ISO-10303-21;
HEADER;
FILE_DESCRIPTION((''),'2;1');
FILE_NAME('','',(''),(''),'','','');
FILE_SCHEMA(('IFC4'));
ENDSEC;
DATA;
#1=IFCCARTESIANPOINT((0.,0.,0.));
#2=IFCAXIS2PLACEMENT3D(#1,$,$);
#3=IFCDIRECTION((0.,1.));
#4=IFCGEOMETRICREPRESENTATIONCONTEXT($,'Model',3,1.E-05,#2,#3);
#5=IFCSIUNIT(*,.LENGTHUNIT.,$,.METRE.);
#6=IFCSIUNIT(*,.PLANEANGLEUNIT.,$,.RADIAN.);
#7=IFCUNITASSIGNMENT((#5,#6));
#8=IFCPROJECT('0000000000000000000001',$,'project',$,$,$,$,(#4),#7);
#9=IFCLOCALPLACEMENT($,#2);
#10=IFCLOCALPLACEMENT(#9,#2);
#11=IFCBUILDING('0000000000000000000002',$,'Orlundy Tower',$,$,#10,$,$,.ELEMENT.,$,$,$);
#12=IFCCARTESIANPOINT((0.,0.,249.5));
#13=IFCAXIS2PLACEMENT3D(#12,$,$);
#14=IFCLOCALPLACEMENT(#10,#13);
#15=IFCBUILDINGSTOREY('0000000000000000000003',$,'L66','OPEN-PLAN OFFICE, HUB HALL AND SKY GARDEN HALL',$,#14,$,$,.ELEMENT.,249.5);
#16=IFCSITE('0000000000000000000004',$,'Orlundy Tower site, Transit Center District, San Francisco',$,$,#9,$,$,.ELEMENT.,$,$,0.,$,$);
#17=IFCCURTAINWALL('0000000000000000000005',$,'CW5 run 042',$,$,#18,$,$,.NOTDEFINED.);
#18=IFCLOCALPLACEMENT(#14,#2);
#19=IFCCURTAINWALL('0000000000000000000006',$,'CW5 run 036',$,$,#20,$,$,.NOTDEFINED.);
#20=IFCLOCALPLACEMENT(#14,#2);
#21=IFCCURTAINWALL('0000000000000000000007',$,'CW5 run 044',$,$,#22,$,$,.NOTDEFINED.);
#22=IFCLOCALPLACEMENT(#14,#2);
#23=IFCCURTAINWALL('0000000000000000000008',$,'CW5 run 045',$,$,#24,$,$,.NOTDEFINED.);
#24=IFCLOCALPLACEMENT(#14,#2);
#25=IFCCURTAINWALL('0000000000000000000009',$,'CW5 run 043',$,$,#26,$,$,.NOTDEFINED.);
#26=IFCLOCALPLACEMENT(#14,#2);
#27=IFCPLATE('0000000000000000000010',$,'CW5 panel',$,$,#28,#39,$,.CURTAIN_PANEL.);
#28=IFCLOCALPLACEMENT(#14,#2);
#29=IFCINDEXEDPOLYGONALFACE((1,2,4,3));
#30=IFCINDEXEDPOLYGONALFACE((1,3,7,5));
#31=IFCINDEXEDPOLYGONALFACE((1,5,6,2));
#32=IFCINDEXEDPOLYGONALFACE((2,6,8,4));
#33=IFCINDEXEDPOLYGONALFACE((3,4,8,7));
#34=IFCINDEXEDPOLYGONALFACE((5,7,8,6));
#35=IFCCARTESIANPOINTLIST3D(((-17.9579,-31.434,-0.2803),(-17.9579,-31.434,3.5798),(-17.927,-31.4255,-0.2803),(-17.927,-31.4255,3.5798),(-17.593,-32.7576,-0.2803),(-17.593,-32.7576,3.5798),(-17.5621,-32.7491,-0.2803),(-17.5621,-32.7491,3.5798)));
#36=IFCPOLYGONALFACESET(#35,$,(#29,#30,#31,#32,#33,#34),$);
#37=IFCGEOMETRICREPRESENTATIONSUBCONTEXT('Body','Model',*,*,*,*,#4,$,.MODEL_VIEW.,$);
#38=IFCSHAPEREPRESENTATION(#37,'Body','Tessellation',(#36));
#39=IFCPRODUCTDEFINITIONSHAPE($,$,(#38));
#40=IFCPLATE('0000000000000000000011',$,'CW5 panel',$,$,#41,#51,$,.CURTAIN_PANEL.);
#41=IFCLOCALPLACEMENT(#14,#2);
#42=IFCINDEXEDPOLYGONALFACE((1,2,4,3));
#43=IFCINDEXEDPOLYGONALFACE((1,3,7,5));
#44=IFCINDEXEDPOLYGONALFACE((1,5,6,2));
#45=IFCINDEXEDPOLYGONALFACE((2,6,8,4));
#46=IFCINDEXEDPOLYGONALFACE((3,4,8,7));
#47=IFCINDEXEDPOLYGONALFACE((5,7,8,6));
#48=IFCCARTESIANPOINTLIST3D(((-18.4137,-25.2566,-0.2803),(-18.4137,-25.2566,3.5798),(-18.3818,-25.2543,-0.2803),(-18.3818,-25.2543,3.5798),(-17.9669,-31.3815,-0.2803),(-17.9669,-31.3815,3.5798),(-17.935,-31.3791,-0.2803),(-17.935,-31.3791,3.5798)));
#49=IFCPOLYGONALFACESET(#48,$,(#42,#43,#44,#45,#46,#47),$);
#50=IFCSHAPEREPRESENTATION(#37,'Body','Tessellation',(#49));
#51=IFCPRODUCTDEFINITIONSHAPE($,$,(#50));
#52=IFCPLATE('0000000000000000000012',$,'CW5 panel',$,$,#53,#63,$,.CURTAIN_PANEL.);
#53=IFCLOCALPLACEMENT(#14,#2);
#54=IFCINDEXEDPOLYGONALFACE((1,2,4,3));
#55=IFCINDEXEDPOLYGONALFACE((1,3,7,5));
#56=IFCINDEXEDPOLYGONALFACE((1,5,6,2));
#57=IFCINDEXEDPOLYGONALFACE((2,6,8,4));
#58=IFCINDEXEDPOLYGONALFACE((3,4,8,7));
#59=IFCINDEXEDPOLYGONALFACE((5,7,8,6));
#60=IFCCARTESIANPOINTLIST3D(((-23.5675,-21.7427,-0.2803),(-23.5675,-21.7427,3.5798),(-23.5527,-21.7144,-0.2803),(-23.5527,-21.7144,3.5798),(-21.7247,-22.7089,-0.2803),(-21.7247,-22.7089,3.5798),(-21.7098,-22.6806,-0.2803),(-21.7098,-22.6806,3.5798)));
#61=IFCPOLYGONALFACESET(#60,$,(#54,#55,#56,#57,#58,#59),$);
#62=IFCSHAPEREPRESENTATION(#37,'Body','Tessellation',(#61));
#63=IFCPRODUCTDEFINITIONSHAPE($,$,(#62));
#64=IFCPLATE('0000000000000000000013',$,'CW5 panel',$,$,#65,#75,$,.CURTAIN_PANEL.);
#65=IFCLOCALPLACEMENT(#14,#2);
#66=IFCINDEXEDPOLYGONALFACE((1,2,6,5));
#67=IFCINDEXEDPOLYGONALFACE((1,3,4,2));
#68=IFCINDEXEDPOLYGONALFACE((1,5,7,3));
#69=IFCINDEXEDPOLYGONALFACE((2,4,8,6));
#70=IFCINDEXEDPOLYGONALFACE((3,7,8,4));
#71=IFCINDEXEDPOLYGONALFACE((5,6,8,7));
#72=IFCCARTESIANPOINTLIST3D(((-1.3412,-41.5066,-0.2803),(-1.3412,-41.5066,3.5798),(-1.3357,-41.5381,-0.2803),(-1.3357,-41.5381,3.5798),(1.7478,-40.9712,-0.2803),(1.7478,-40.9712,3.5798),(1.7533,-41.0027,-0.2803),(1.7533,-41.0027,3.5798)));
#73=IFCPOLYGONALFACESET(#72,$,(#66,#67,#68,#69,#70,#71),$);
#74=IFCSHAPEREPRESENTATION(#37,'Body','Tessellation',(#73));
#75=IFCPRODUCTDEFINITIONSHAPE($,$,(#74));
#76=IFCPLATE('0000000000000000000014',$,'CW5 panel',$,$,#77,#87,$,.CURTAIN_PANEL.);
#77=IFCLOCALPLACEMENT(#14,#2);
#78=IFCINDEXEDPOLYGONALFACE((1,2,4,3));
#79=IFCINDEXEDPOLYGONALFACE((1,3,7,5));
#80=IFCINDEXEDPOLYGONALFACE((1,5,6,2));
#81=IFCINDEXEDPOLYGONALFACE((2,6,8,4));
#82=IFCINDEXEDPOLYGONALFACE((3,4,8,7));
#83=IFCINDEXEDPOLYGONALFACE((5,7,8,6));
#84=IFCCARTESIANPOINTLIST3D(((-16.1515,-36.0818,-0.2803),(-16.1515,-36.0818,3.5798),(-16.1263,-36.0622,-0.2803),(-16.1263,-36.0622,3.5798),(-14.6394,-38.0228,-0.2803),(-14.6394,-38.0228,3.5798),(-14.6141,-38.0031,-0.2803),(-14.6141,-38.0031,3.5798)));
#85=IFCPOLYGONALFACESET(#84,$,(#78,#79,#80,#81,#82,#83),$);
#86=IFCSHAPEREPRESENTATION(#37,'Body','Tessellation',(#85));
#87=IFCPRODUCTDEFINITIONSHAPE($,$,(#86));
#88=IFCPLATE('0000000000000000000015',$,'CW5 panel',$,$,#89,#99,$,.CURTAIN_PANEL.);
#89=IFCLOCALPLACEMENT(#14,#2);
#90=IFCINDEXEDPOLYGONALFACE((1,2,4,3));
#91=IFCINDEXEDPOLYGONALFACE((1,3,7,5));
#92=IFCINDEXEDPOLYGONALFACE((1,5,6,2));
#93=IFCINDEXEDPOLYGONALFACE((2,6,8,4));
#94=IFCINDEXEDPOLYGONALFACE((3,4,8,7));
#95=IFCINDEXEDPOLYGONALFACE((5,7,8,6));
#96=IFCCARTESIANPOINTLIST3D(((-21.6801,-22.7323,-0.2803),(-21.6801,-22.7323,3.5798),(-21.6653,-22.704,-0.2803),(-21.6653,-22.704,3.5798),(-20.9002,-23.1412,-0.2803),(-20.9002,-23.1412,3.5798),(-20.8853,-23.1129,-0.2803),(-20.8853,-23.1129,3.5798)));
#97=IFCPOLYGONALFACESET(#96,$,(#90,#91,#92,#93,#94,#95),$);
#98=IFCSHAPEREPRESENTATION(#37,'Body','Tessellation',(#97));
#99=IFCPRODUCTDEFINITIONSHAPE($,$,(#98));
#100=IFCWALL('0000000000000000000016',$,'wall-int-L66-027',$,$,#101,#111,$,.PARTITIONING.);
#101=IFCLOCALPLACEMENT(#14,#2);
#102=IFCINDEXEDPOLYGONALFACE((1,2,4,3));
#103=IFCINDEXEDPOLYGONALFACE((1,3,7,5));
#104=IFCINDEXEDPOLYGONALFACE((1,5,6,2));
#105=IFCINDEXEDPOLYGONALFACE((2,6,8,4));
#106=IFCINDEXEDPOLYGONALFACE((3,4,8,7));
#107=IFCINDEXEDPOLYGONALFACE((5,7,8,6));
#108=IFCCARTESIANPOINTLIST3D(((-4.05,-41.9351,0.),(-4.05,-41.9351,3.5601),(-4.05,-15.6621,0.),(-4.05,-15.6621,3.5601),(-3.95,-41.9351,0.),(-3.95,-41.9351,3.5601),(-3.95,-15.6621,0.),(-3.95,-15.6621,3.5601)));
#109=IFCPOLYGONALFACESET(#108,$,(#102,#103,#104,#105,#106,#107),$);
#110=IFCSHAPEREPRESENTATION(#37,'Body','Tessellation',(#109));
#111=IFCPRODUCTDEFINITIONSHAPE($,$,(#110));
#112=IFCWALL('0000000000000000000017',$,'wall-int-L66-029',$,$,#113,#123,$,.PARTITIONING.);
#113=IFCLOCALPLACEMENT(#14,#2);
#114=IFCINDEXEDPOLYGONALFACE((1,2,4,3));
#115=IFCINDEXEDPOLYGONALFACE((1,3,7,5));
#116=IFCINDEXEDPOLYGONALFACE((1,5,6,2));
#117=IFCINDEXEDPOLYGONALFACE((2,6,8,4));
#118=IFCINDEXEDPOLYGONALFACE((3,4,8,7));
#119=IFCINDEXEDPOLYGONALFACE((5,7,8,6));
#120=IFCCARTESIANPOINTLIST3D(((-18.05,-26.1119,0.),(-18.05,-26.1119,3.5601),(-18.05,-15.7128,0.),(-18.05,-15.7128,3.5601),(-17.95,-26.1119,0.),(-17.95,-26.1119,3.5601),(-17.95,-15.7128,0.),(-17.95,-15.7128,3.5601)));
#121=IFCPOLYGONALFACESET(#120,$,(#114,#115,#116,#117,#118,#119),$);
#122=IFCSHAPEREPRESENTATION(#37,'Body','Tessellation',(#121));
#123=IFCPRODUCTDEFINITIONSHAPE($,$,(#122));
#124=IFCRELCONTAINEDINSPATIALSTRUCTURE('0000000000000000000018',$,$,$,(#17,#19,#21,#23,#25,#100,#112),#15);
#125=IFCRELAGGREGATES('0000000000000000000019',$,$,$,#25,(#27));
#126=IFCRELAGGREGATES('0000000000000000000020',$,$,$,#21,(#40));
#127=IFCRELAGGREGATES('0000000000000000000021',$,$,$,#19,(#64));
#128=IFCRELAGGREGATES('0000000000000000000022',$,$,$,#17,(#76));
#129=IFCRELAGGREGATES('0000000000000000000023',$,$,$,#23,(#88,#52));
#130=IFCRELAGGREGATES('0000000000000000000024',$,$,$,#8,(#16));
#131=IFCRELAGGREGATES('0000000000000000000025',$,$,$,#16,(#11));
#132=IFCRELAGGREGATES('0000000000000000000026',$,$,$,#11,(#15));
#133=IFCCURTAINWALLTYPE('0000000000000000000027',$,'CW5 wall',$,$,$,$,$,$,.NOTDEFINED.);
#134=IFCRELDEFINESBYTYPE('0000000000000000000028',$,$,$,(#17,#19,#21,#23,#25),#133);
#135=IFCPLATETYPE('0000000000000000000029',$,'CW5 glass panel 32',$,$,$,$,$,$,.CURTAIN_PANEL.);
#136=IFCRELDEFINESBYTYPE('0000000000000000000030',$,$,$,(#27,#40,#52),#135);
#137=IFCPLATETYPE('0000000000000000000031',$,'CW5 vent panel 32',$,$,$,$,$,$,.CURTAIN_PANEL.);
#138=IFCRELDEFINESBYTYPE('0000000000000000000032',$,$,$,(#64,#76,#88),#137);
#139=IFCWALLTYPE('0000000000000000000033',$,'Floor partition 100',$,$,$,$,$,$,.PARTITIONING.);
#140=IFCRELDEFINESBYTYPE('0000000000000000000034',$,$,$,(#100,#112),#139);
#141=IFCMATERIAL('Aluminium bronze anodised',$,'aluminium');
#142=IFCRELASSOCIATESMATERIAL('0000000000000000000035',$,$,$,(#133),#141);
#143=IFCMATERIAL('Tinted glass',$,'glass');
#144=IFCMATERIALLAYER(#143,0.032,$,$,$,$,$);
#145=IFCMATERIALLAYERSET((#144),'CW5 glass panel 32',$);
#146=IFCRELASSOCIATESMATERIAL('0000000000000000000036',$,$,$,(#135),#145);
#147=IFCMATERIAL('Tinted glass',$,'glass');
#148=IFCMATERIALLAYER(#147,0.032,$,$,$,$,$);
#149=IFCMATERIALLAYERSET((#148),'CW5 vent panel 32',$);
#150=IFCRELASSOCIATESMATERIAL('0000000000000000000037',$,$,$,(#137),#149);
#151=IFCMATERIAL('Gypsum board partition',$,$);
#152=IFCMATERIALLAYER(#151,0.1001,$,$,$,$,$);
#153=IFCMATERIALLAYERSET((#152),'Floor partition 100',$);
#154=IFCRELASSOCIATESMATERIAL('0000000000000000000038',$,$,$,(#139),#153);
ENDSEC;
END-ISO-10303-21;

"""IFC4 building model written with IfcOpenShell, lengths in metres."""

from ifc_helpers import new_model, si_unit, direction, frame, frame_2d, origin, origin_2d, place, context, subcontext, project, spatial, rectangle, extrude, material, layer, layer_set, type_object, element, aggregate, save


model = new_model("IFC4")

# Units and contexts
model_context = context("Model", 3, precision=1e-05, world=origin(), true_north=direction((0.0, 1.0)))
body_context = subcontext(model_context, "Body", "Model", "MODEL_VIEW")
ifc_project = project(units=[si_unit("LENGTHUNIT", "METRE"), si_unit("PLANEANGLEUNIT", "RADIAN")], contexts=[model_context])

# Site, building, storey
site_placement = place(None, origin())
site = spatial("IfcSite", under=ifc_project, at=site_placement, Name="Orlundy Tower site, Transit Center District, San Francisco", CompositionType="ELEMENT", RefElevation=0.0)
building_placement = place(site_placement, origin())
building = spatial("IfcBuilding", under=site, at=building_placement, Name="Orlundy Tower", CompositionType="ELEMENT")
storey_placement = place(building_placement, frame((0.0, 0.0, 249.5)))
storey = spatial("IfcBuildingStorey", under=building, at=storey_placement, Name="L66", Description="OPEN-PLAN OFFICE, HUB HALL AND SKY GARDEN HALL", CompositionType="ELEMENT", Elevation=249.5)

# Shared definitions
ifc_material_1 = material(Name="Aluminium bronze anodised", Category="aluminium")
curtain_wall_type = type_object("IfcCurtainWallType", Name="CW5 wall", PredefinedType="NOTDEFINED", material=ifc_material_1)

# Curtain walls
curtain_wall_1_placement = place(storey_placement, origin())
curtain_wall_1 = element("IfcCurtainWall", 1, at=curtain_wall_1_placement, inside=storey, type_object=curtain_wall_type, Name="CW5 run 042", PredefinedType="NOTDEFINED")
curtain_wall_2_placement = place(storey_placement, origin())
curtain_wall_2 = element("IfcCurtainWall", 2, at=curtain_wall_2_placement, inside=storey, type_object=curtain_wall_type, Name="CW5 run 036", PredefinedType="NOTDEFINED")
curtain_wall_3_placement = place(storey_placement, origin())
curtain_wall_3 = element("IfcCurtainWall", 3, at=curtain_wall_3_placement, inside=storey, type_object=curtain_wall_type, Name="CW5 run 044", PredefinedType="NOTDEFINED")
curtain_wall_4_placement = place(storey_placement, origin())
curtain_wall_4 = element("IfcCurtainWall", 4, at=curtain_wall_4_placement, inside=storey, type_object=curtain_wall_type, Name="CW5 run 045", PredefinedType="NOTDEFINED")

# Curtain wall
curtain_wall_5_placement = place(storey_placement, origin())
curtain_wall_5 = element("IfcCurtainWall", 5, at=curtain_wall_5_placement, inside=storey, type_object=curtain_wall_type, Name="CW5 run 043", PredefinedType="NOTDEFINED")

# Plates
ifc_material_2 = material(Name="Tinted glass", Category="glass")
ifc_layer_1 = layer(ifc_material_2, 0.032)
ifc_layer_set_1 = layer_set([ifc_layer_1], Name="CW5 glass panel 32")
plate_type_1 = type_object("IfcPlateType", Name="CW5 glass panel 32", PredefinedType="CURTAIN_PANEL", material=ifc_layer_set_1)
plate_1_placement = place(storey_placement, frame((-17.76, -32.0916, -0.2803), z_axis=(0.0, 0.0, 1.0), x_axis=(-0.265765, 0.964038, 0.0)))
plate_1 = element("IfcPlate", 6, at=plate_1_placement, type_object=plate_type_1, Name="CW5 panel", PredefinedType="CURTAIN_PANEL", context=body_context, shape_type="SweptSolid", body=[
    extrude(rectangle(XDim=1.373, YDim=0.032, at=origin_2d()), origin(), (0.0, 0.0, 1.0), 3.8601),
])
aggregate(curtain_wall_5, [plate_1])
plate_2_placement = place(storey_placement, frame((-18.1743, -28.3179, -0.2803), z_axis=(0.0, 0.0, 1.0), x_axis=(-0.072757, 0.99735, 0.0)))
plate_2 = element("IfcPlate", 7, at=plate_2_placement, type_object=plate_type_1, Name="CW5 panel", PredefinedType="CURTAIN_PANEL", context=body_context, shape_type="SweptSolid", body=[
    extrude(rectangle(XDim=6.1411, YDim=0.032, at=origin_2d()), origin(), (0.0, 0.0, 1.0), 3.8601),
])
aggregate(curtain_wall_3, [plate_2])
plate_3_placement = place(storey_placement, frame((-22.6387, -22.2117, -0.2803), z_axis=(0.0, 0.0, 1.0), x_axis=(-0.885659, 0.464335, 0.0)))
plate_3 = element("IfcPlate", 8, at=plate_3_placement, type_object=plate_type_1, Name="CW5 panel", PredefinedType="CURTAIN_PANEL", context=body_context, shape_type="SweptSolid", body=[
    extrude(rectangle(XDim=2.0808, YDim=0.032, at=origin_2d()), origin(), (0.0, 0.0, 1.0), 3.8601),
])
ifc_material_3 = material(Name="Tinted glass", Category="glass")
ifc_layer_2 = layer(ifc_material_3, 0.032)
ifc_layer_set_2 = layer_set([ifc_layer_2], Name="CW5 vent panel 32")
plate_type_2 = type_object("IfcPlateType", Name="CW5 vent panel 32", PredefinedType="CURTAIN_PANEL", material=ifc_layer_set_2)
plate_4_placement = place(storey_placement, frame((0.2061, -41.2546, -0.2803), z_axis=(0.0, 0.0, 1.0), x_axis=(-0.985312, -0.170766, 0.0)))
plate_4 = element("IfcPlate", 9, at=plate_4_placement, type_object=plate_type_2, Name="CW5 panel", PredefinedType="CURTAIN_PANEL", context=body_context, shape_type="SweptSolid", body=[
    extrude(rectangle(XDim=3.135, YDim=0.032, at=origin_2d()), origin(), (0.0, 0.0, 1.0), 3.8601),
])
aggregate(curtain_wall_2, [plate_4])
plate_5_placement = place(storey_placement, frame((-15.3828, -37.0425, -0.2803), z_axis=(0.0, 0.0, 1.0), x_axis=(-0.614575, 0.788858, 0.0)))
plate_5 = element("IfcPlate", 10, at=plate_5_placement, type_object=plate_type_2, Name="CW5 panel", PredefinedType="CURTAIN_PANEL", context=body_context, shape_type="SweptSolid", body=[
    extrude(rectangle(XDim=2.4604, YDim=0.032, at=origin_2d()), origin(), (0.0, 0.0, 1.0), 3.8601),
])
aggregate(curtain_wall_1, [plate_5])
plate_6_placement = place(storey_placement, frame((-21.2827, -22.9226, -0.2803), z_axis=(0.0, 0.0, 1.0), x_axis=(-0.885659, 0.464335, 0.0)))
plate_6 = element("IfcPlate", 11, at=plate_6_placement, type_object=plate_type_2, Name="CW5 panel", PredefinedType="CURTAIN_PANEL", context=body_context, shape_type="SweptSolid", body=[
    extrude(rectangle(XDim=0.8806, YDim=0.032, at=origin_2d()), origin(), (0.0, 0.0, 1.0), 3.8601),
])
aggregate(curtain_wall_4, [plate_6, plate_3])

# Walls
ifc_material_4 = material(Name="Gypsum board partition")
ifc_layer_3 = layer(ifc_material_4, 0.1001)
ifc_layer_set_3 = layer_set([ifc_layer_3], Name="Floor partition 100")
wall_type = type_object("IfcWallType", Name="Floor partition 100", PredefinedType="PARTITIONING", material=ifc_layer_set_3)
wall_1_placement = place(storey_placement, frame((-4.0, -41.9351, 0.0), z_axis=(0.0, 0.0, 1.0), x_axis=(0.0, 1.0, 0.0)))
element("IfcWall", 12, at=wall_1_placement, inside=storey, type_object=wall_type, Name="wall-int-L66-027", PredefinedType="PARTITIONING", context=body_context, shape_type="SweptSolid", body=[
    extrude(rectangle(XDim=26.2729, YDim=0.1001, at=frame_2d((13.1365, 0.0))), origin(), (0.0, 0.0, 1.0), 3.5601),
])
wall_2_placement = place(storey_placement, frame((-18.0, -26.1121, 0.0), z_axis=(0.0, 0.0, 1.0), x_axis=(0.0, 1.0, 0.0)))
element("IfcWall", 13, at=wall_2_placement, inside=storey, type_object=wall_type, Name="wall-int-L66-029", PredefinedType="PARTITIONING", context=body_context, shape_type="SweptSolid", body=[
    extrude(rectangle(XDim=10.3992, YDim=0.1001, at=frame_2d((5.1997, 0.0))), origin(), (0.0, 0.0, 1.0), 3.5601),
])

save(model, "model.ifc")
